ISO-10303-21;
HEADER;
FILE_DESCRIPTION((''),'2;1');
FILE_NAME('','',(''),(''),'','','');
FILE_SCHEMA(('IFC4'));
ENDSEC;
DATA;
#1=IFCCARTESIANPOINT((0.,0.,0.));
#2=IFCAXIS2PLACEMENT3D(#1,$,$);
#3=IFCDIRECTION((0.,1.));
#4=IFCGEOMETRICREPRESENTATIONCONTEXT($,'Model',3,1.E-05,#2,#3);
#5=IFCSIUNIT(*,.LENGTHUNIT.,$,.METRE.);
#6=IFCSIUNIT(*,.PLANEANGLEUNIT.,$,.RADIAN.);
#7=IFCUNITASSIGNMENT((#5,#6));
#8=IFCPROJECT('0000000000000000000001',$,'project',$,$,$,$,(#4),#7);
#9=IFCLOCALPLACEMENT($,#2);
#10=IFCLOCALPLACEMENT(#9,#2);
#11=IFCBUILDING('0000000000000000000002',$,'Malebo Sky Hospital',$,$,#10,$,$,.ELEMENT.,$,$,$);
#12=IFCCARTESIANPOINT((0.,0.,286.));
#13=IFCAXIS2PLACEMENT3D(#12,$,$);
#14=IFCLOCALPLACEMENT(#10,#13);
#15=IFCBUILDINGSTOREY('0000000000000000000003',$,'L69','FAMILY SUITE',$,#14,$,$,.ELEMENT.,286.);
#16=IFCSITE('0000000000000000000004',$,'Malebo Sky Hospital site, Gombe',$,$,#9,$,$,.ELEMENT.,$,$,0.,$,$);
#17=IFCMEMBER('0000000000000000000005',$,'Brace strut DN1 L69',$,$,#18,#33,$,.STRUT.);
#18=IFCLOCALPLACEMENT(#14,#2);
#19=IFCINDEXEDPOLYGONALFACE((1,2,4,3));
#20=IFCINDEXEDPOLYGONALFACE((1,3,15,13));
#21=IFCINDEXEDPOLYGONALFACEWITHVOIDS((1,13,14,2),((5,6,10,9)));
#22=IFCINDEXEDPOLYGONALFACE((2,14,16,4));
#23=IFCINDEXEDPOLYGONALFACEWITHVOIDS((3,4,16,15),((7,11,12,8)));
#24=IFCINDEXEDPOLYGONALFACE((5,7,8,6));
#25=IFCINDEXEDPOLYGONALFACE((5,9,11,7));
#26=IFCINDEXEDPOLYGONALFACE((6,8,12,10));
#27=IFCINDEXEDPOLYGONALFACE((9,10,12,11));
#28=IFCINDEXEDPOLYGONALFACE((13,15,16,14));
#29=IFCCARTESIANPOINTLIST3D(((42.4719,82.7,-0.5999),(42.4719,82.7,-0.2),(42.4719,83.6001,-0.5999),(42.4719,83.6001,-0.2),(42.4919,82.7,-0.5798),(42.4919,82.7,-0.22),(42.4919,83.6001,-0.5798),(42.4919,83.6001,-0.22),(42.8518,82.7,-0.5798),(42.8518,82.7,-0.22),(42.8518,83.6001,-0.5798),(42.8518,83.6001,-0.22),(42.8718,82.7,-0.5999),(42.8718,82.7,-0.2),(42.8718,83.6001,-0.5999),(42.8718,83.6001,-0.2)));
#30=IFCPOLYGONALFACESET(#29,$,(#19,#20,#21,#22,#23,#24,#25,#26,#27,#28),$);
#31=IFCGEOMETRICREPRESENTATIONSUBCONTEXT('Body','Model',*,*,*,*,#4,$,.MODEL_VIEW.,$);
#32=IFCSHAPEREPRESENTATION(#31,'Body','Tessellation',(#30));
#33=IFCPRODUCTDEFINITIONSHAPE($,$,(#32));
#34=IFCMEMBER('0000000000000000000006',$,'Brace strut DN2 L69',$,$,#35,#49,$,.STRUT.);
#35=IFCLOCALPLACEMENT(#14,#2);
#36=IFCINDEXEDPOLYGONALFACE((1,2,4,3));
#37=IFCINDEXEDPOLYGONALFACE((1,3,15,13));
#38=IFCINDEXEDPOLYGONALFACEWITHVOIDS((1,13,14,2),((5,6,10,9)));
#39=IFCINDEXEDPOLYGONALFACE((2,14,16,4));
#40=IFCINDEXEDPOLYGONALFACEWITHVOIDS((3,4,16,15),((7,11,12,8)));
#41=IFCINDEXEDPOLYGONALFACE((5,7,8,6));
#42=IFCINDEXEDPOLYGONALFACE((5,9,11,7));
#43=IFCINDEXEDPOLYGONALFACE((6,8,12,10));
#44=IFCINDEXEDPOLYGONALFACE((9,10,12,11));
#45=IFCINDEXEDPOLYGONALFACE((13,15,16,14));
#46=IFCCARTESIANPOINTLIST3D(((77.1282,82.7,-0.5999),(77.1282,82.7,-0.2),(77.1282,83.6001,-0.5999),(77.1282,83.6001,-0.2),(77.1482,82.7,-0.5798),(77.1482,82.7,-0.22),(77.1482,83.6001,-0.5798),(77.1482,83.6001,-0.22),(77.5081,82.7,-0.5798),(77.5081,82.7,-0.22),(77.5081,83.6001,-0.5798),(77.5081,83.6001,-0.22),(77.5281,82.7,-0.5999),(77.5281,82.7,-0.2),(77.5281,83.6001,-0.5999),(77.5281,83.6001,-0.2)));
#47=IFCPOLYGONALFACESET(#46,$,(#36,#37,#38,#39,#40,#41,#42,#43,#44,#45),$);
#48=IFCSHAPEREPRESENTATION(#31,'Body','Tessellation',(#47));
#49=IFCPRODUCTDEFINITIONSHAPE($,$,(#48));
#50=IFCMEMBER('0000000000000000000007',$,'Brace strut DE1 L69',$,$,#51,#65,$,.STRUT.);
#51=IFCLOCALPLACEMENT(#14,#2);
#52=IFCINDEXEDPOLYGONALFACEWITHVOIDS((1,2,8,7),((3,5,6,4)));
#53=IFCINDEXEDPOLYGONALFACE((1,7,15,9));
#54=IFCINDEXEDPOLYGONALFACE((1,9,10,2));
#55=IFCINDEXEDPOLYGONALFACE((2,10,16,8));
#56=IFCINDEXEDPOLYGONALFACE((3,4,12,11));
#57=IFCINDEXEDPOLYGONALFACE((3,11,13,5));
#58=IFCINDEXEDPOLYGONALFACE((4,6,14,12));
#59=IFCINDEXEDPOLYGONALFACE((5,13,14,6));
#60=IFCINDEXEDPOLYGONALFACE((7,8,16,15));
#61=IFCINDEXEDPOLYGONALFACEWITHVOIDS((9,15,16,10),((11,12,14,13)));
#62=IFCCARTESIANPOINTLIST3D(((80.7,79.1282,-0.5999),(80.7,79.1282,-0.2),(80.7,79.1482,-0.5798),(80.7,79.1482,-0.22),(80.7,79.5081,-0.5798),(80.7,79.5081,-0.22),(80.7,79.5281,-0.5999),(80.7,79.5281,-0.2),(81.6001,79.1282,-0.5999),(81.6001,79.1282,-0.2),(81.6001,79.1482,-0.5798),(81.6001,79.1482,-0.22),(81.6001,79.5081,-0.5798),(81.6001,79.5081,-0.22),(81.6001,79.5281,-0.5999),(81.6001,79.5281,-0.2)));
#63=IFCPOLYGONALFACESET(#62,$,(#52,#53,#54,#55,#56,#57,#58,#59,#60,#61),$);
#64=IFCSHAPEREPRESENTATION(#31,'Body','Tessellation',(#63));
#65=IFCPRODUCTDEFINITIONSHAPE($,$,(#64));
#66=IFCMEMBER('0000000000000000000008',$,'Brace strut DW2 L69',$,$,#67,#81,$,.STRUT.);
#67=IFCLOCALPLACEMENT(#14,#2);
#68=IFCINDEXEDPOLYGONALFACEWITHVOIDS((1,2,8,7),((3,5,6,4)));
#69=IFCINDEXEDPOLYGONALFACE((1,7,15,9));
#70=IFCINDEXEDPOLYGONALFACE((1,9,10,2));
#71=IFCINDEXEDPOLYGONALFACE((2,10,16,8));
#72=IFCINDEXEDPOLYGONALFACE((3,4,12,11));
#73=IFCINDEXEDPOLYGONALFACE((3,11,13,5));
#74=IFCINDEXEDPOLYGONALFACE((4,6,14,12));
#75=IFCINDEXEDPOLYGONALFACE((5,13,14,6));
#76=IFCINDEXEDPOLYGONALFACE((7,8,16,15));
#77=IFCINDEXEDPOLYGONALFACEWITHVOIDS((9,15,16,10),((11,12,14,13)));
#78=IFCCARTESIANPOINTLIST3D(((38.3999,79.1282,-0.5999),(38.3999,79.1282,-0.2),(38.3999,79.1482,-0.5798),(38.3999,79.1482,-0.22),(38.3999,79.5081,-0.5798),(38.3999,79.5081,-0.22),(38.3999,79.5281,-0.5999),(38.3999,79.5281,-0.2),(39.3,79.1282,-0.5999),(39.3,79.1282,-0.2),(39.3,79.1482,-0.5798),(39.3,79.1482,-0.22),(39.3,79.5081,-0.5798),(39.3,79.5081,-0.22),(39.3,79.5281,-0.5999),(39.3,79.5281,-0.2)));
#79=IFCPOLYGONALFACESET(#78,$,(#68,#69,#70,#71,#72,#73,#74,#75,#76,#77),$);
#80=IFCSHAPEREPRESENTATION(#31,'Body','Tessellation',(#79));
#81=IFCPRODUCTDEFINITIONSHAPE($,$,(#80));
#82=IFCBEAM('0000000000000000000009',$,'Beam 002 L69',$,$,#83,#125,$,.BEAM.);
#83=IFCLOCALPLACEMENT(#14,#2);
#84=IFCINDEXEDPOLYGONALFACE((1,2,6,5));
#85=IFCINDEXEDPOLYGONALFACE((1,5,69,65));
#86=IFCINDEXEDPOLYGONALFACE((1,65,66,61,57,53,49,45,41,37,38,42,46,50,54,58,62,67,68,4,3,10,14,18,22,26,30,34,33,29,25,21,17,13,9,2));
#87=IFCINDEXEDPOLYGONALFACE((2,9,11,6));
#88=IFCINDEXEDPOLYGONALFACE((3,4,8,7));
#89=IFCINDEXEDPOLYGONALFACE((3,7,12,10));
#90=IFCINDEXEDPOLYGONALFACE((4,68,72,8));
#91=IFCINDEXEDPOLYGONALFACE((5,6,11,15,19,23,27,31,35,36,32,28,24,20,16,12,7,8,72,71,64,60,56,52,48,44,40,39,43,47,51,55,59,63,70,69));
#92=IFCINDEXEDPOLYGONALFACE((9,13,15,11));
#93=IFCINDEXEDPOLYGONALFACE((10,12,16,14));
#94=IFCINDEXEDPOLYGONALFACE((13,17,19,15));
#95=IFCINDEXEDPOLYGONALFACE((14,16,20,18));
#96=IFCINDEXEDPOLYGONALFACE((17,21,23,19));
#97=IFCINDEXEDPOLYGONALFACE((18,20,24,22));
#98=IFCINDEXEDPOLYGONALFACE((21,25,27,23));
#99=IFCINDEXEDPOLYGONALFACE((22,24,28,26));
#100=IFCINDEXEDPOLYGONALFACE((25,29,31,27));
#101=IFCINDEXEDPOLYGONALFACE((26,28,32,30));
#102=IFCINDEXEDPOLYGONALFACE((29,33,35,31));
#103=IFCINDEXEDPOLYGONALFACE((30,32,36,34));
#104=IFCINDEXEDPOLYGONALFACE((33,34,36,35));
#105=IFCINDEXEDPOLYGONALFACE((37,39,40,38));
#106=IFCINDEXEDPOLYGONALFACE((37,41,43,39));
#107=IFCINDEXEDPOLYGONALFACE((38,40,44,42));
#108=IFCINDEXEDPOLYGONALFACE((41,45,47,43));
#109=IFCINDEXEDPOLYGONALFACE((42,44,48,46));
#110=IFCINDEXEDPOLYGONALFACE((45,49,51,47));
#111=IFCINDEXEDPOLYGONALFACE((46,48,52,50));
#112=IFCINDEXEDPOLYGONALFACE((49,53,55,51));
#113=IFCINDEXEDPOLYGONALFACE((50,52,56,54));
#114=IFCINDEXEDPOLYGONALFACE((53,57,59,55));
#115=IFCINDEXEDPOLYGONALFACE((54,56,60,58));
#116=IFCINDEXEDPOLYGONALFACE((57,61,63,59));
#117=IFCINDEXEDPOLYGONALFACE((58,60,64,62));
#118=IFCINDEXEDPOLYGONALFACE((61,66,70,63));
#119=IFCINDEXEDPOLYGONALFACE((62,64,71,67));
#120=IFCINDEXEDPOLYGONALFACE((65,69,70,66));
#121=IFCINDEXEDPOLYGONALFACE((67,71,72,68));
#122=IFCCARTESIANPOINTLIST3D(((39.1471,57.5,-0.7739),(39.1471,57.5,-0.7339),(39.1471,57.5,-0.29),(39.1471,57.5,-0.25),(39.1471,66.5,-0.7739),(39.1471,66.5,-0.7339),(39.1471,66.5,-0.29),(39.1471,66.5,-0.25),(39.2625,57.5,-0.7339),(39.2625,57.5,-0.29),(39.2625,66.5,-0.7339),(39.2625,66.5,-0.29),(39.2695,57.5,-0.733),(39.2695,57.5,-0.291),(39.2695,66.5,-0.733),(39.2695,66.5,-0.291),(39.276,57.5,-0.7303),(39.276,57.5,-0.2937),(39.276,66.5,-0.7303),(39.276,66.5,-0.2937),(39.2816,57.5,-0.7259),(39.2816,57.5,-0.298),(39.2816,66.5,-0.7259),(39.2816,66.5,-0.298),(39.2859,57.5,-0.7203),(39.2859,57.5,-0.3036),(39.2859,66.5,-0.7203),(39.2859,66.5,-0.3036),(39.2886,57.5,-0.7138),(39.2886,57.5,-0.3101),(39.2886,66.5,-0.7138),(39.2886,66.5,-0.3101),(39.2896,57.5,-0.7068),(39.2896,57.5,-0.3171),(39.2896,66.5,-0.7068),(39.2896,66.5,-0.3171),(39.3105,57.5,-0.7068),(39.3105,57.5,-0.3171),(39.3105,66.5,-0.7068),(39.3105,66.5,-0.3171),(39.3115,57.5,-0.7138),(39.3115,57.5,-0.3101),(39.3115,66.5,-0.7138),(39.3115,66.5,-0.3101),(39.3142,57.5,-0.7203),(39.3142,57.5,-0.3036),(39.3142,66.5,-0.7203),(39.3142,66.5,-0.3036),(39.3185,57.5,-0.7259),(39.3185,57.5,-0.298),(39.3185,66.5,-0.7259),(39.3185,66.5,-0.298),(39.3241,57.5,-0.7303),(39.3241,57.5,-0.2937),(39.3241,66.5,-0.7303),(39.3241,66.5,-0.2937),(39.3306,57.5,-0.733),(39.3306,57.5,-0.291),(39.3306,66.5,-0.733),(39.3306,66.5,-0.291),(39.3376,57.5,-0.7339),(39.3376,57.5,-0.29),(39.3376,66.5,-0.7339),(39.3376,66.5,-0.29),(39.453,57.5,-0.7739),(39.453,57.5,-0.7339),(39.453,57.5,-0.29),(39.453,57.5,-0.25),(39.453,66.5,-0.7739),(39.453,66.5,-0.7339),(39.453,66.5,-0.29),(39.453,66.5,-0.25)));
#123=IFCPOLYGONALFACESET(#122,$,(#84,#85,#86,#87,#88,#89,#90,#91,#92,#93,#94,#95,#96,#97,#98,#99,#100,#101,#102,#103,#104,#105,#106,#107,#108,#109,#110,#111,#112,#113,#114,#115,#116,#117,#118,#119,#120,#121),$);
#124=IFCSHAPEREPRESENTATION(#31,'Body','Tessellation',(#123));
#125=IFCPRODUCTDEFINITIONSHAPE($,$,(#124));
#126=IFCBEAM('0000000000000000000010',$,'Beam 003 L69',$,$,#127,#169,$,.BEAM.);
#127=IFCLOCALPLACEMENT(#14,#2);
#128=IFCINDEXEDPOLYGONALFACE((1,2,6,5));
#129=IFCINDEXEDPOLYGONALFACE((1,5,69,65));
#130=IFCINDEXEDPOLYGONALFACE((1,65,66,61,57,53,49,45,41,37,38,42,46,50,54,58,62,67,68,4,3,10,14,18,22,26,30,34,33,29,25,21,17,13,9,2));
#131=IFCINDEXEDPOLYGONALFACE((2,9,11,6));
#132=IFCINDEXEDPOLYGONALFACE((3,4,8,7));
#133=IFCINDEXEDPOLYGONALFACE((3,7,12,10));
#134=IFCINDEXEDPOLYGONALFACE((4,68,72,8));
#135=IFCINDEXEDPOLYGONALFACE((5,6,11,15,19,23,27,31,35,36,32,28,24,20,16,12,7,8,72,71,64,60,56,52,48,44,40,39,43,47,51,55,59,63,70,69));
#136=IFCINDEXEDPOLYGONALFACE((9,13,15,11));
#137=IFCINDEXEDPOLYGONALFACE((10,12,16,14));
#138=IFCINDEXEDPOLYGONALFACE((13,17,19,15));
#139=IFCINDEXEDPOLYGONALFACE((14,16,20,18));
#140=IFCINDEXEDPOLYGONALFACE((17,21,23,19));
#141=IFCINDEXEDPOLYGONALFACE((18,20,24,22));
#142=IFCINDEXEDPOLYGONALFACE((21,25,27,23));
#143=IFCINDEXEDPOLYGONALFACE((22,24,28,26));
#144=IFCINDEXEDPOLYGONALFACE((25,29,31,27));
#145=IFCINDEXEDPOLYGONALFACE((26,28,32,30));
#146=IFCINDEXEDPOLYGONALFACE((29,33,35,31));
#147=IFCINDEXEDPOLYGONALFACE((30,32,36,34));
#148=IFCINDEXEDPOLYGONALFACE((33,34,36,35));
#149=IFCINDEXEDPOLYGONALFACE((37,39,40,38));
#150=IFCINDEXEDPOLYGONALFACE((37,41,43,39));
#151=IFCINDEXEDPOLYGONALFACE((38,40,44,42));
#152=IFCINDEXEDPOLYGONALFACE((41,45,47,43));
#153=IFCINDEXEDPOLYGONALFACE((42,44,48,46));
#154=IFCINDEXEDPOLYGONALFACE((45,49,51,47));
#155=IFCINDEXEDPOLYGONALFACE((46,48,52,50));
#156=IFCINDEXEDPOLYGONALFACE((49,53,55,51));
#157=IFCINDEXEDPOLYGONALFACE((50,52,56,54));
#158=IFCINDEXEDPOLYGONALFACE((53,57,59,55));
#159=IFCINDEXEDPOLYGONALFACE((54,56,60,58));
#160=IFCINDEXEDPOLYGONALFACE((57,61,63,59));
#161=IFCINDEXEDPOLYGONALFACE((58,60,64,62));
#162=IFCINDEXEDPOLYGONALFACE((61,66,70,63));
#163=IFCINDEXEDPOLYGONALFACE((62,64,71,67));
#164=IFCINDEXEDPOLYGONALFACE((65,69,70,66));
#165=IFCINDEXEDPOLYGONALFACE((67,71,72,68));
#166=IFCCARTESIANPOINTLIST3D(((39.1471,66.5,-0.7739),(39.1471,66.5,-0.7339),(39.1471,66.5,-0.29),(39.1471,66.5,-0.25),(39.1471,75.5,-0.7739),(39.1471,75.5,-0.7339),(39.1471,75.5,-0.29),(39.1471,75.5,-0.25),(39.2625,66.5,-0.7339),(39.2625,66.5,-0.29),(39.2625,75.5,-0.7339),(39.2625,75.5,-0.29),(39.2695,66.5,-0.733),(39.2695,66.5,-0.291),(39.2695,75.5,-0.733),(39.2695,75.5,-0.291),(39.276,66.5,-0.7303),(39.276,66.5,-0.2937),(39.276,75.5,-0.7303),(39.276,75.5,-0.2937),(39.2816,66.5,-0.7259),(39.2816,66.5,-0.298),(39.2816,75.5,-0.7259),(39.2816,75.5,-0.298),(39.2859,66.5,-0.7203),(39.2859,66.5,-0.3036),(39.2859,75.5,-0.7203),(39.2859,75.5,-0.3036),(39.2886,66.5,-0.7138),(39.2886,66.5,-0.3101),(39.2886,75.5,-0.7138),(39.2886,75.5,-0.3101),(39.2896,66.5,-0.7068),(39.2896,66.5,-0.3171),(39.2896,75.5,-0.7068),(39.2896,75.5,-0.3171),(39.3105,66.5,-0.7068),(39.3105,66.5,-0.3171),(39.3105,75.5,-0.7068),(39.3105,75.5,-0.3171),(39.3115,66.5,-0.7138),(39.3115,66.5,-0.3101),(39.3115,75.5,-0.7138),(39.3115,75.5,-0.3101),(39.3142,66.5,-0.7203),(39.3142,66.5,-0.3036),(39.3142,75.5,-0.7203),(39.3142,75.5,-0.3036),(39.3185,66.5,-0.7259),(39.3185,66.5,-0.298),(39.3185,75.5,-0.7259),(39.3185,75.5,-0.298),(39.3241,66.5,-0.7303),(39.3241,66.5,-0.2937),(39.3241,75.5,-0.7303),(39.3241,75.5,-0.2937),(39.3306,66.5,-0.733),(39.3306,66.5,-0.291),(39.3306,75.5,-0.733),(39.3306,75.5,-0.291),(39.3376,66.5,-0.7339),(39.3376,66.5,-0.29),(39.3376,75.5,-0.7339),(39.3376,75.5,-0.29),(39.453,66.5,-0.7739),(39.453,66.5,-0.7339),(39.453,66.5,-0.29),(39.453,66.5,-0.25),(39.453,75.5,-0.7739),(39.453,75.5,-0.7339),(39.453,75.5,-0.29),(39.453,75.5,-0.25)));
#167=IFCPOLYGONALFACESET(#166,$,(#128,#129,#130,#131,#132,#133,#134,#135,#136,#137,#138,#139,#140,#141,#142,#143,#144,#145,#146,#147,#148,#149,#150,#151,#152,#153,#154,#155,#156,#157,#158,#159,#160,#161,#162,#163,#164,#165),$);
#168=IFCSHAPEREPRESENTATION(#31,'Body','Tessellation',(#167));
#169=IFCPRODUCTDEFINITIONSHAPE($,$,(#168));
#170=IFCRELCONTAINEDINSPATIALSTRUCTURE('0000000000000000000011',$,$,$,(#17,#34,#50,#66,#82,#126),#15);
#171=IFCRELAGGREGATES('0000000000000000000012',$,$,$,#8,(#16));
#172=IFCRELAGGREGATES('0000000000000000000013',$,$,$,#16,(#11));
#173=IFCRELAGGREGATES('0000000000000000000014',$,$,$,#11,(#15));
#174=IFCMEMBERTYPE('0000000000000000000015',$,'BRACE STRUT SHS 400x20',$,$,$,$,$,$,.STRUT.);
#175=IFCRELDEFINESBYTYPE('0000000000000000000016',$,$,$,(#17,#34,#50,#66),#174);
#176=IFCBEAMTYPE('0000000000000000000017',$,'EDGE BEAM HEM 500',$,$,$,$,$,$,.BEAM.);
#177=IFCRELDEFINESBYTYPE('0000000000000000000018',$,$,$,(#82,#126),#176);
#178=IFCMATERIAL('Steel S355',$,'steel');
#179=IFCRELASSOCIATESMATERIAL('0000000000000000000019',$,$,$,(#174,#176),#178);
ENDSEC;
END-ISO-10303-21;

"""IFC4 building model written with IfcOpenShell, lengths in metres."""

from ifc_helpers import new_model, si_unit, direction, frame, origin, origin_2d, place, context, subcontext, project, spatial, hollow_rectangle, i_section, extrude, material, material_profile, profile_set, type_object, element, save


model = new_model("IFC4")

# Units and contexts
model_context = context("Model", 3, precision=1e-05, world=origin(), true_north=direction((0.0, 1.0)))
body_context = subcontext(model_context, "Body", "Model", "MODEL_VIEW")
ifc_project = project(units=[si_unit("LENGTHUNIT", "METRE"), si_unit("PLANEANGLEUNIT", "RADIAN")], contexts=[model_context])

# Site, building, storey
site_placement = place(None, origin())
site = spatial("IfcSite", under=ifc_project, at=site_placement, Name="Malebo Sky Hospital site, Gombe", CompositionType="ELEMENT", RefElevation=0.0)
building_placement = place(site_placement, origin())
building = spatial("IfcBuilding", under=site, at=building_placement, Name="Malebo Sky Hospital", CompositionType="ELEMENT")
storey_placement = place(building_placement, frame((0.0, 0.0, 286.0)))
storey = spatial("IfcBuildingStorey", under=building, at=storey_placement, Name="L69", Description="FAMILY SUITE", CompositionType="ELEMENT", Elevation=286.0)

# Members
ifc_material_1 = material(Name="Steel S355", Category="steel")
ifc_material_profile_1 = material_profile(ifc_material_1, hollow_rectangle(XDim=0.3999, YDim=0.3999, WallThickness=0.02, at=origin_2d()), Name="SHS 400x20")
ifc_profile_set_1 = profile_set([ifc_material_profile_1], Name="Steel S355")
member_type = type_object("IfcMemberType", Name="BRACE STRUT SHS 400x20", PredefinedType="STRUT", material=ifc_profile_set_1)
for number, where, z_axis, x_axis, name in (
    (1, (42.6719, 83.6001, -0.3999), (0.0, -1.0, 0.0), (1.0, 0.0, 0.0), "Brace strut DN1 L69"),
    (2, (77.3281, 83.6001, -0.3999), (0.0, -1.0, 0.0), (1.0, 0.0, 0.0), "Brace strut DN2 L69"),
    (3, (81.6001, 79.3281, -0.3999), (-1.0, 0.0, 0.0), (0.0, -1.0, 0.0), "Brace strut DE1 L69"),
    (4, (38.3999, 79.3281, -0.3999), (1.0, 0.0, 0.0), (0.0, 1.0, 0.0), "Brace strut DW2 L69"),
):
    element("IfcMember", number, at=place(storey_placement, frame(where, z_axis=z_axis, x_axis=x_axis)), inside=storey, type_object=member_type, Name=name, PredefinedType="STRUT", context=body_context, shape_type="SweptSolid", body=[
        extrude(hollow_rectangle(XDim=0.3999, YDim=0.3999, WallThickness=0.02, at=origin_2d()), origin(), (0.0, 0.0, 1.0), 0.9001),
    ])

# Beams
ifc_material_profile_2 = material_profile(ifc_material_1, i_section(OverallWidth=0.3059, OverallDepth=0.5239, WebThickness=0.021, FlangeThickness=0.04, FilletRadius=0.0271, at=origin_2d()), Name="HEM 500")
ifc_profile_set_2 = profile_set([ifc_material_profile_2], Name="Steel S355")
beam_type_1 = type_object("IfcBeamType", Name="EDGE BEAM HEM 500", PredefinedType="BEAM", material=ifc_profile_set_2)
for number, where, z_axis, x_axis, name in (
    (5, (39.3, 57.5, -0.512), (0.0, 1.0, 0.0), (-1.0, 0.0, 0.0), "Beam 002 L69"),
    (6, (39.3, 66.5, -0.512), (0.0, 1.0, 0.0), (-1.0, 0.0, 0.0), "Beam 003 L69"),
):
    element("IfcBeam", number, at=place(storey_placement, frame(where, z_axis=z_axis, x_axis=x_axis)), inside=storey, type_object=beam_type_1, Name=name, PredefinedType="BEAM", context=body_context, shape_type="SweptSolid", body=[
        extrude(i_section(OverallWidth=0.3059, OverallDepth=0.5239, WebThickness=0.021, FlangeThickness=0.04, FilletRadius=0.0271, at=origin_2d()), origin(), (0.0, 0.0, 1.0), 9.0),
    ])

save(model, "model.ifc")
